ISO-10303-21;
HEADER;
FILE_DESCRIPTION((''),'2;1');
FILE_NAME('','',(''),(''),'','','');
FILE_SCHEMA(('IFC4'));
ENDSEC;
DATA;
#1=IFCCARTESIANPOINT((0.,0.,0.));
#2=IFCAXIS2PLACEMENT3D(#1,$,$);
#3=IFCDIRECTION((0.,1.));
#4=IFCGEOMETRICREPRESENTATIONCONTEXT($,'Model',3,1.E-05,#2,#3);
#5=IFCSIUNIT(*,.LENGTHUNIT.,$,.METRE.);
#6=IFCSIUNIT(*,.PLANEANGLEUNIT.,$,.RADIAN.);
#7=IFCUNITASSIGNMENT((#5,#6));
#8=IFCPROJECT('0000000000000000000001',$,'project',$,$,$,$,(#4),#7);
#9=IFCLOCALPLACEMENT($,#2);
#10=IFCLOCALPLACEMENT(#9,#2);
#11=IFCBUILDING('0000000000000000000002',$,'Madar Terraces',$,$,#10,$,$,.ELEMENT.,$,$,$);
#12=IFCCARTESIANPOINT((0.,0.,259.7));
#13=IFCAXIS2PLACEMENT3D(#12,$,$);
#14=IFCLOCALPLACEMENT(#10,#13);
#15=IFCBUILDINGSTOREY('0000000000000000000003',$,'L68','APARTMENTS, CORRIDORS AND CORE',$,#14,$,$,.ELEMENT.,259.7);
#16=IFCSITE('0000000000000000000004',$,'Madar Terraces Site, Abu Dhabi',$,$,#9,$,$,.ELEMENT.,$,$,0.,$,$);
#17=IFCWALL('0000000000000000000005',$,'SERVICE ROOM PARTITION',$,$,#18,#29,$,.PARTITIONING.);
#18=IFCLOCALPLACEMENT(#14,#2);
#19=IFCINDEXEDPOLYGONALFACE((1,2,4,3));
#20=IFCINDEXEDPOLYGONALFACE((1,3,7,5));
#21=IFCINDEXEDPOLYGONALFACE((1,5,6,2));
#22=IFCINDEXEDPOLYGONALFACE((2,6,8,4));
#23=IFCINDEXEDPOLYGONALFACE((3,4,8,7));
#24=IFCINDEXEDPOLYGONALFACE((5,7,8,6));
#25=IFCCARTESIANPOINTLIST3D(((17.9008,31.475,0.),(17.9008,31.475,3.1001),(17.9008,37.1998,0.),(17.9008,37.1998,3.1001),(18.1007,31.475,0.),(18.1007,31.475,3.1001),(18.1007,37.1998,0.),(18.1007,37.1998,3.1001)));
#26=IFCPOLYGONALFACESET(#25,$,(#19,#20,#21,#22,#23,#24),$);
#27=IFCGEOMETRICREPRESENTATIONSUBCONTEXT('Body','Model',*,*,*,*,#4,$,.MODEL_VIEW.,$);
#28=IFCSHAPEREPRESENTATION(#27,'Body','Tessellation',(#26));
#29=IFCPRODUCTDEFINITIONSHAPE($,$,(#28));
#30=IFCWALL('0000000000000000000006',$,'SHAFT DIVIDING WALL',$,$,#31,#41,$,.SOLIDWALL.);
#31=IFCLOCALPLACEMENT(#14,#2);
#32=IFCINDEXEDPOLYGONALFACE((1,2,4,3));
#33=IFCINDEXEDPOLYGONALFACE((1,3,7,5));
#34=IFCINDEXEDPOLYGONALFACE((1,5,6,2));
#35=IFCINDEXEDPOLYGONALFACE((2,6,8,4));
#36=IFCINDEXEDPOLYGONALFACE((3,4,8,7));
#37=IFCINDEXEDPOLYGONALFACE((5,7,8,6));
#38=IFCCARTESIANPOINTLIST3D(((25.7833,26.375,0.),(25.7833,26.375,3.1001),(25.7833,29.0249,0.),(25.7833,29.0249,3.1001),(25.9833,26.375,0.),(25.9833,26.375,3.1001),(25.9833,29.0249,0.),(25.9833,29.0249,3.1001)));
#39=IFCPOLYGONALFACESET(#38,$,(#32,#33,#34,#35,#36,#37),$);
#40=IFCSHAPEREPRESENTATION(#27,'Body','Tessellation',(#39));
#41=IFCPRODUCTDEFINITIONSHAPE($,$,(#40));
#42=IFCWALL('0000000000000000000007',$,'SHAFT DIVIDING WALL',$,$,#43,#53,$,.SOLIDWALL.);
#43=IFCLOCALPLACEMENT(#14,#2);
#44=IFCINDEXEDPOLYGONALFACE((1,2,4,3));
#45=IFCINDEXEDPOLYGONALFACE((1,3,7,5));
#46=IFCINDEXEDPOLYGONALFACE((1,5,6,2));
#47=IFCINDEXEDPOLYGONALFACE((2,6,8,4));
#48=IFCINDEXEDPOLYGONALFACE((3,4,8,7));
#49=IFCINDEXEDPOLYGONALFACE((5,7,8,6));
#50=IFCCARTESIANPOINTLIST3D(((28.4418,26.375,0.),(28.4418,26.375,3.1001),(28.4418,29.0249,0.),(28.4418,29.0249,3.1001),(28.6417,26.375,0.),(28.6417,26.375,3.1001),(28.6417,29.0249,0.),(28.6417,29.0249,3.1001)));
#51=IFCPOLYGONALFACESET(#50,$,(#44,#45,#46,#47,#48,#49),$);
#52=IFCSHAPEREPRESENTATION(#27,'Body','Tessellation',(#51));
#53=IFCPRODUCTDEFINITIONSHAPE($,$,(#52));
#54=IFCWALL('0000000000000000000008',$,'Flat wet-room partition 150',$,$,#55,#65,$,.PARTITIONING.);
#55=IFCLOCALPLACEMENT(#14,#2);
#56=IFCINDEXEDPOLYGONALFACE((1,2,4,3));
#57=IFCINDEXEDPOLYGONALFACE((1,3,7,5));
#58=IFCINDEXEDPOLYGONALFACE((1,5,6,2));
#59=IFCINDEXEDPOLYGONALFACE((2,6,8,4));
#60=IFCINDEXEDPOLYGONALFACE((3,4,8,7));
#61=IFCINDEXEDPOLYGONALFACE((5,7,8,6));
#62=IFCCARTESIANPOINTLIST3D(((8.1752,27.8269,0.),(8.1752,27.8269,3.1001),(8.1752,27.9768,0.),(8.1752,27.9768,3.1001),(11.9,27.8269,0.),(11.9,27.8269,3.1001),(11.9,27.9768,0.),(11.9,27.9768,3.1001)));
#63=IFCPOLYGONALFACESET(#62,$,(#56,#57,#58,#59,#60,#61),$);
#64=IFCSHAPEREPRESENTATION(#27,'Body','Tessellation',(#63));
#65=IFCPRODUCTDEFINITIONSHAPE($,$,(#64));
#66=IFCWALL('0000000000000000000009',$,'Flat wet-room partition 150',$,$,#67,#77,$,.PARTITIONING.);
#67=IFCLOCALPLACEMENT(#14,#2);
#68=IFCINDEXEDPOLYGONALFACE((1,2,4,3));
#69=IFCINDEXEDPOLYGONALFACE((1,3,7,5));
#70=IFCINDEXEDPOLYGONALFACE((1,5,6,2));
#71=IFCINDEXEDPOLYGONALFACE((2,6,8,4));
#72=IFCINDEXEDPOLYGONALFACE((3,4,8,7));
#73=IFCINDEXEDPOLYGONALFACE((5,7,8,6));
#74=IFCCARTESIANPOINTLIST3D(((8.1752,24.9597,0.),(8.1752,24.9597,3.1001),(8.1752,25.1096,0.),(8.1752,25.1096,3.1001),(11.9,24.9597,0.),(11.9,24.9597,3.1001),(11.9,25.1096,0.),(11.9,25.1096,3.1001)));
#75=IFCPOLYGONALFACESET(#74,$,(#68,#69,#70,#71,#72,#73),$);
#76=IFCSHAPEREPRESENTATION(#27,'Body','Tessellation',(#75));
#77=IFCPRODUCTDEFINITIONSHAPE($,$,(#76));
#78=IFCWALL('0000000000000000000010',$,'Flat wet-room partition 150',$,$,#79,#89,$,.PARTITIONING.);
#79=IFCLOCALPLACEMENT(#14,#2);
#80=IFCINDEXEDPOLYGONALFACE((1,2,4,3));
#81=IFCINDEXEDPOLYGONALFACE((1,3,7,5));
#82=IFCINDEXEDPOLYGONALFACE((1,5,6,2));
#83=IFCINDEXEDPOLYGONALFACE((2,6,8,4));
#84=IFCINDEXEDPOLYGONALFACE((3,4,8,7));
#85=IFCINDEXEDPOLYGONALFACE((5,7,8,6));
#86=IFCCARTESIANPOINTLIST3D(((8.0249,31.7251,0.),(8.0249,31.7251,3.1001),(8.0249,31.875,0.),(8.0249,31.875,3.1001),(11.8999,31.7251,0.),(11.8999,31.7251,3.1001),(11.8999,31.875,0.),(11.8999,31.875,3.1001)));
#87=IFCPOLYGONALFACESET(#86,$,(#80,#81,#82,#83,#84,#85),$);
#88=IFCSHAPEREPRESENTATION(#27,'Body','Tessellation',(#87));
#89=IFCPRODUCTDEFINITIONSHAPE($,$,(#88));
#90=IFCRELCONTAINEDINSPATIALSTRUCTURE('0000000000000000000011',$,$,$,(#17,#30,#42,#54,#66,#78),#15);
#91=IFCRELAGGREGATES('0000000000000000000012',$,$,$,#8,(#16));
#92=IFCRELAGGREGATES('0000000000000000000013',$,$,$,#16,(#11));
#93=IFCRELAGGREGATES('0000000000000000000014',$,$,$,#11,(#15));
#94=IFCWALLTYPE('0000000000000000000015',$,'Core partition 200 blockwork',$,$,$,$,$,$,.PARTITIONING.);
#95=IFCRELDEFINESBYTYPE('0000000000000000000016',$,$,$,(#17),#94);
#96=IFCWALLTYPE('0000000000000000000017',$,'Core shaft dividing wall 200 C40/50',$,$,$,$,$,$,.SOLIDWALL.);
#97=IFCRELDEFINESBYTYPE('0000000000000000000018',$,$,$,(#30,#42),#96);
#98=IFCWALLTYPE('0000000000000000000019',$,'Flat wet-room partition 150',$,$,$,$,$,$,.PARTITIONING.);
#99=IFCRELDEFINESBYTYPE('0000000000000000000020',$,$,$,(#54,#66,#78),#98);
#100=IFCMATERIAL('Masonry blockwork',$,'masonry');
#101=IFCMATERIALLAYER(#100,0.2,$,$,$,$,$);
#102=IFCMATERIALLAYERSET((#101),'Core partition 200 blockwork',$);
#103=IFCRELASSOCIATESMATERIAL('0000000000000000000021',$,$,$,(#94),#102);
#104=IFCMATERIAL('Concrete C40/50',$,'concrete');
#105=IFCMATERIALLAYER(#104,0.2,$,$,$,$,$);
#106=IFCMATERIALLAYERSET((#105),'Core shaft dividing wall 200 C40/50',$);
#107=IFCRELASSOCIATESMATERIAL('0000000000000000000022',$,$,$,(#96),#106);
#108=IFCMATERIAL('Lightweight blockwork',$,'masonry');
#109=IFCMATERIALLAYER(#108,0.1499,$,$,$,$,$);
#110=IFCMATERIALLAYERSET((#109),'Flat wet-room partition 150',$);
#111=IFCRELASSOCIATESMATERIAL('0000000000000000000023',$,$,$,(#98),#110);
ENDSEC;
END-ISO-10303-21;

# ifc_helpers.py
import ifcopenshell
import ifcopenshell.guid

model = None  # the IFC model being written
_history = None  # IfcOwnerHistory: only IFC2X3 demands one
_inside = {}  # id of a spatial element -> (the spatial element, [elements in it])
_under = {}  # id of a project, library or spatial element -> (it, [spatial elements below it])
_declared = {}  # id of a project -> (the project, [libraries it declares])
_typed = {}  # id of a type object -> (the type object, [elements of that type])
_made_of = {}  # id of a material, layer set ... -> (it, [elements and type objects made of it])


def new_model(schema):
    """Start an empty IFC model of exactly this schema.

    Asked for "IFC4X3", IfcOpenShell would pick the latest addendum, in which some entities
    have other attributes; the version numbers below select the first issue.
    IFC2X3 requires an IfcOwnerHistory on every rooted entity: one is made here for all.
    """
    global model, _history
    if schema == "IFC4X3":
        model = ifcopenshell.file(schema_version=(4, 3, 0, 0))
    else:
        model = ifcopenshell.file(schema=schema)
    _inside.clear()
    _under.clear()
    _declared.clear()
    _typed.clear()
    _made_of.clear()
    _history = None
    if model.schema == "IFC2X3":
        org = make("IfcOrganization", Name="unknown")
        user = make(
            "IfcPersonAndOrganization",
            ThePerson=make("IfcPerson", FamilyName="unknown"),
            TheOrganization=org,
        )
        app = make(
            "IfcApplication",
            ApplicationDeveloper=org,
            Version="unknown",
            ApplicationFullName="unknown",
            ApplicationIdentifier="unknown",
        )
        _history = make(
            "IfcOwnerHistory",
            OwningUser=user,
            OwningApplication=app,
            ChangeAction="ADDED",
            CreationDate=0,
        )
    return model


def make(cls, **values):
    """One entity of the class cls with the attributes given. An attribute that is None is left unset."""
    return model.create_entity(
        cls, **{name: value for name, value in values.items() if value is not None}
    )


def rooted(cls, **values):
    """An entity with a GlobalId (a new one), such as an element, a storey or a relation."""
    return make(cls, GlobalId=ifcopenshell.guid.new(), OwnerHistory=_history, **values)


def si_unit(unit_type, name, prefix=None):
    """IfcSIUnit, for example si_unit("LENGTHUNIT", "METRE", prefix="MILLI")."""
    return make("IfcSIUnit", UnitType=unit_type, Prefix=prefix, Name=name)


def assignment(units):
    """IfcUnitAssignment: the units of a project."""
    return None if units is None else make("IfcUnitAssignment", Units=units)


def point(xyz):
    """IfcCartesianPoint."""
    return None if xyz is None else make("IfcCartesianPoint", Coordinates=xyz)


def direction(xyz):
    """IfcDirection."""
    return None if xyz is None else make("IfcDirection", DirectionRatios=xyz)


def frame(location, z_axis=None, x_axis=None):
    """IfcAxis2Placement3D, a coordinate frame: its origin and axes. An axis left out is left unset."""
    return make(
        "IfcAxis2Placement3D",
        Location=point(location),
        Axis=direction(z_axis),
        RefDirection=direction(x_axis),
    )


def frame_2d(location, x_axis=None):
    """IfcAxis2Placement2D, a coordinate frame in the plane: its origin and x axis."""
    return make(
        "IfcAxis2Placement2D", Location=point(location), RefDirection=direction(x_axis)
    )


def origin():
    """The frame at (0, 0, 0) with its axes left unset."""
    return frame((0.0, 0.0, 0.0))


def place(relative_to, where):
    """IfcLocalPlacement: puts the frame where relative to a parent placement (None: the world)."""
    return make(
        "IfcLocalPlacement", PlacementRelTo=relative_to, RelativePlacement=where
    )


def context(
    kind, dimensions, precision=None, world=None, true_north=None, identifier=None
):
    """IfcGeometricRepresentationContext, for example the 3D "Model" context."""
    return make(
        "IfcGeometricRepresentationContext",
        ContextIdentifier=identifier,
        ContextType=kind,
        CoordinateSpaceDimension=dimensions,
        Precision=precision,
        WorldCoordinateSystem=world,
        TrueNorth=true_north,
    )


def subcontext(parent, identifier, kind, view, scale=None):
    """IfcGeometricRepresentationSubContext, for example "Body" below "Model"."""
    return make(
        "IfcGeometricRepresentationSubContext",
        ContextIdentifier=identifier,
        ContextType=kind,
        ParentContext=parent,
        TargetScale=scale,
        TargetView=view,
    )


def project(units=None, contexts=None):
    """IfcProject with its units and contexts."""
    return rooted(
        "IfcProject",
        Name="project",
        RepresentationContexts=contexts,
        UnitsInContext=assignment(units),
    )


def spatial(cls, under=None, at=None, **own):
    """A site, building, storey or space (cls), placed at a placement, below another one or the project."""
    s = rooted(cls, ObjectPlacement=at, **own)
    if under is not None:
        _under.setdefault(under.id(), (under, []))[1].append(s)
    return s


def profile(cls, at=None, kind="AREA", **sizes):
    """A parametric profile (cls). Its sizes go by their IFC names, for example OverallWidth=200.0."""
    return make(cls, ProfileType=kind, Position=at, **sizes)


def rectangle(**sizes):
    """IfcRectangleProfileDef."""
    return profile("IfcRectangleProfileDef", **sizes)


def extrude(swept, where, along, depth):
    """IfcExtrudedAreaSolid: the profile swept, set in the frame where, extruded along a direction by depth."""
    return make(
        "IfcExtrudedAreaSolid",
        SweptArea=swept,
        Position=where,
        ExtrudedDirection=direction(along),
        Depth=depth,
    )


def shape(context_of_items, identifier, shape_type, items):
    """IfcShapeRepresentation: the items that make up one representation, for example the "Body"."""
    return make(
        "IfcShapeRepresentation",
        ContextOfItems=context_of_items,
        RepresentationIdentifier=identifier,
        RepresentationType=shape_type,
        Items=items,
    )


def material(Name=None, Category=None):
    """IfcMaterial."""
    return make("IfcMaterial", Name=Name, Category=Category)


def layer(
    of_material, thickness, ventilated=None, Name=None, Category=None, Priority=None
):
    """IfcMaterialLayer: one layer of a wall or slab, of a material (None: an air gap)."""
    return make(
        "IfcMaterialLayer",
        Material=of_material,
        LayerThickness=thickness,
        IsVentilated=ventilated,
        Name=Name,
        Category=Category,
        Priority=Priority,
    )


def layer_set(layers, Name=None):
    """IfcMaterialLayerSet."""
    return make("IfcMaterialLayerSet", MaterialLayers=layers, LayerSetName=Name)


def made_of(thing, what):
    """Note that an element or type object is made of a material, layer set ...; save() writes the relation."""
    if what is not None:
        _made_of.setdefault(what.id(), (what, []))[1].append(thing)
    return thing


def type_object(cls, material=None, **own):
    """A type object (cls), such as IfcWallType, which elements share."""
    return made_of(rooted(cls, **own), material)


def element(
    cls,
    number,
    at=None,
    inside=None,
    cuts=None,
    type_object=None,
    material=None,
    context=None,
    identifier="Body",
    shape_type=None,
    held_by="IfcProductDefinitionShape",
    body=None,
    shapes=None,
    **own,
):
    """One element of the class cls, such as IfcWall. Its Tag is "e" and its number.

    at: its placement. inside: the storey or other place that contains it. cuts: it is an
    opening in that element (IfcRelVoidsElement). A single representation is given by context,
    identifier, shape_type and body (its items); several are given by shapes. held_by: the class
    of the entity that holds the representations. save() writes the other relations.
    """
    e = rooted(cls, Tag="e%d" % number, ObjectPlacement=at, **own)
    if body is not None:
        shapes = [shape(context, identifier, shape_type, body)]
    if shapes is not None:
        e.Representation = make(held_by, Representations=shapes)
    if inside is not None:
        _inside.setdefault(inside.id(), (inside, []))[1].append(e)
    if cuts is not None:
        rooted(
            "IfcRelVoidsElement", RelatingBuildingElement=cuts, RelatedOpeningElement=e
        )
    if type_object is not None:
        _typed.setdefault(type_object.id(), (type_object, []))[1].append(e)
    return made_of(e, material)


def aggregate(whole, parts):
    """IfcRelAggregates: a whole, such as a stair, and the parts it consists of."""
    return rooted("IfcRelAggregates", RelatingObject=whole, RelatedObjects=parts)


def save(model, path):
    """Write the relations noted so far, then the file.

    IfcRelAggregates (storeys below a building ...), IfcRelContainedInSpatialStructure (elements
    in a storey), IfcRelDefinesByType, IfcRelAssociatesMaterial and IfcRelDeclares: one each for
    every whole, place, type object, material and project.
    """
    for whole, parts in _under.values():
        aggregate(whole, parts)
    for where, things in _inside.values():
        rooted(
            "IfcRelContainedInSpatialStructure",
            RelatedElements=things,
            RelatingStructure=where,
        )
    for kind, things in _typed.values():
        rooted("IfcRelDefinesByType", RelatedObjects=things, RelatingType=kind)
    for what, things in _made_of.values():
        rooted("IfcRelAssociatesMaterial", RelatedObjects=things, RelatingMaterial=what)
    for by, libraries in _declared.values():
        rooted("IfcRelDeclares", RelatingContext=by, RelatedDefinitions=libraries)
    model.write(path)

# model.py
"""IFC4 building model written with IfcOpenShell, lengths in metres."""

from ifc_helpers import new_model, si_unit, direction, frame, frame_2d, origin, place, context, subcontext, project, spatial, rectangle, extrude, material, layer, layer_set, type_object, element, save


model = new_model("IFC4")

# Units and contexts
model_context = context("Model", 3, precision=1e-05, world=origin(), true_north=direction((0.0, 1.0)))
body_context = subcontext(model_context, "Body", "Model", "MODEL_VIEW")
ifc_project = project(units=[si_unit("LENGTHUNIT", "METRE"), si_unit("PLANEANGLEUNIT", "RADIAN")], contexts=[model_context])

# Site, building, storey
site_placement = place(None, origin())
site = spatial("IfcSite", under=ifc_project, at=site_placement, Name="Madar Terraces Site, Abu Dhabi", CompositionType="ELEMENT", RefElevation=0.0)
building_placement = place(site_placement, origin())
building = spatial("IfcBuilding", under=site, at=building_placement, Name="Madar Terraces", CompositionType="ELEMENT")
storey_placement = place(building_placement, frame((0.0, 0.0, 259.7)))
storey = spatial("IfcBuildingStorey", under=building, at=storey_placement, Name="L68", Description="APARTMENTS, CORRIDORS AND CORE", CompositionType="ELEMENT", Elevation=259.7)

# Walls
ifc_material_1 = material(Name="Masonry blockwork", Category="masonry")
ifc_layer_1 = layer(ifc_material_1, 0.2)
ifc_layer_set_1 = layer_set([ifc_layer_1], Name="Core partition 200 blockwork")
wall_type_1 = type_object("IfcWallType", Name="Core partition 200 blockwork", PredefinedType="PARTITIONING", material=ifc_layer_set_1)
wall_1_placement = place(storey_placement, frame((18.0007, 31.4751, 0.0), z_axis=(0.0, 0.0, 1.0), x_axis=(0.0, 1.0, 0.0)))
element("IfcWall", 1, at=wall_1_placement, inside=storey, type_object=wall_type_1, Name="SERVICE ROOM PARTITION", PredefinedType="PARTITIONING", context=body_context, shape_type="SweptSolid", body=[
    extrude(rectangle(XDim=5.7249, YDim=0.2, at=frame_2d((2.8623, 0.0))), origin(), (0.0, 0.0, 1.0), 3.1001),
])
ifc_material_2 = material(Name="Concrete C40/50", Category="concrete")
ifc_layer_2 = layer(ifc_material_2, 0.2)
ifc_layer_set_2 = layer_set([ifc_layer_2], Name="Core shaft dividing wall 200 C40/50")
wall_type_2 = type_object("IfcWallType", Name="Core shaft dividing wall 200 C40/50", PredefinedType="SOLIDWALL", material=ifc_layer_set_2)
for number, where, z_axis, x_axis, name in (
    (2, (25.8833, 26.375, 0.0), (0.0, 0.0, 1.0), (0.0, 1.0, 0.0), "SHAFT DIVIDING WALL"),
    (3, (28.5417, 26.375, 0.0), (0.0, 0.0, 1.0), (0.0, 1.0, 0.0), "SHAFT DIVIDING WALL"),
):
    element("IfcWall", number, at=place(storey_placement, frame(where, z_axis=z_axis, x_axis=x_axis)), inside=storey, type_object=wall_type_2, Name=name, PredefinedType="SOLIDWALL", context=body_context, shape_type="SweptSolid", body=[
        extrude(rectangle(XDim=2.6499, YDim=0.2, at=frame_2d((1.325, 0.0))), origin(), (0.0, 0.0, 1.0), 3.1001),
    ])
ifc_material_3 = material(Name="Lightweight blockwork", Category="masonry")
ifc_layer_3 = layer(ifc_material_3, 0.1499)
ifc_layer_set_3 = layer_set([ifc_layer_3], Name="Flat wet-room partition 150")
wall_type_3 = type_object("IfcWallType", Name="Flat wet-room partition 150", PredefinedType="PARTITIONING", material=ifc_layer_set_3)
for number, where, z_axis, x_axis, name in (
    (4, (11.8999, 27.9019, 0.0), (0.0, 0.0, 1.0), (-1.0, 0.0, 0.0), "Flat wet-room partition 150"),
    (5, (11.8999, 25.0347, 0.0), (0.0, 0.0, 1.0), (-1.0, 0.0, 0.0), "Flat wet-room partition 150"),
):
    element("IfcWall", number, at=place(storey_placement, frame(where, z_axis=z_axis, x_axis=x_axis)), inside=storey, type_object=wall_type_3, Name=name, PredefinedType="PARTITIONING", context=body_context, shape_type="SweptSolid", body=[
        extrude(rectangle(XDim=3.7249, YDim=0.1499, at=frame_2d((1.8623, 0.0))), origin(), (0.0, 0.0, 1.0), 3.1001),
    ])
wall_2_placement = place(storey_placement, frame((11.8999, 31.8, 0.0), z_axis=(0.0, 0.0, 1.0), x_axis=(-1.0, 0.0, 0.0)))
element("IfcWall", 6, at=wall_2_placement, inside=storey, type_object=wall_type_3, Name="Flat wet-room partition 150", PredefinedType="PARTITIONING", context=body_context, shape_type="SweptSolid", body=[
    extrude(rectangle(XDim=3.875, YDim=0.1499, at=frame_2d((1.9375, 0.0))), origin(), (0.0, 0.0, 1.0), 3.1001),
])

save(model, "model.ifc")
